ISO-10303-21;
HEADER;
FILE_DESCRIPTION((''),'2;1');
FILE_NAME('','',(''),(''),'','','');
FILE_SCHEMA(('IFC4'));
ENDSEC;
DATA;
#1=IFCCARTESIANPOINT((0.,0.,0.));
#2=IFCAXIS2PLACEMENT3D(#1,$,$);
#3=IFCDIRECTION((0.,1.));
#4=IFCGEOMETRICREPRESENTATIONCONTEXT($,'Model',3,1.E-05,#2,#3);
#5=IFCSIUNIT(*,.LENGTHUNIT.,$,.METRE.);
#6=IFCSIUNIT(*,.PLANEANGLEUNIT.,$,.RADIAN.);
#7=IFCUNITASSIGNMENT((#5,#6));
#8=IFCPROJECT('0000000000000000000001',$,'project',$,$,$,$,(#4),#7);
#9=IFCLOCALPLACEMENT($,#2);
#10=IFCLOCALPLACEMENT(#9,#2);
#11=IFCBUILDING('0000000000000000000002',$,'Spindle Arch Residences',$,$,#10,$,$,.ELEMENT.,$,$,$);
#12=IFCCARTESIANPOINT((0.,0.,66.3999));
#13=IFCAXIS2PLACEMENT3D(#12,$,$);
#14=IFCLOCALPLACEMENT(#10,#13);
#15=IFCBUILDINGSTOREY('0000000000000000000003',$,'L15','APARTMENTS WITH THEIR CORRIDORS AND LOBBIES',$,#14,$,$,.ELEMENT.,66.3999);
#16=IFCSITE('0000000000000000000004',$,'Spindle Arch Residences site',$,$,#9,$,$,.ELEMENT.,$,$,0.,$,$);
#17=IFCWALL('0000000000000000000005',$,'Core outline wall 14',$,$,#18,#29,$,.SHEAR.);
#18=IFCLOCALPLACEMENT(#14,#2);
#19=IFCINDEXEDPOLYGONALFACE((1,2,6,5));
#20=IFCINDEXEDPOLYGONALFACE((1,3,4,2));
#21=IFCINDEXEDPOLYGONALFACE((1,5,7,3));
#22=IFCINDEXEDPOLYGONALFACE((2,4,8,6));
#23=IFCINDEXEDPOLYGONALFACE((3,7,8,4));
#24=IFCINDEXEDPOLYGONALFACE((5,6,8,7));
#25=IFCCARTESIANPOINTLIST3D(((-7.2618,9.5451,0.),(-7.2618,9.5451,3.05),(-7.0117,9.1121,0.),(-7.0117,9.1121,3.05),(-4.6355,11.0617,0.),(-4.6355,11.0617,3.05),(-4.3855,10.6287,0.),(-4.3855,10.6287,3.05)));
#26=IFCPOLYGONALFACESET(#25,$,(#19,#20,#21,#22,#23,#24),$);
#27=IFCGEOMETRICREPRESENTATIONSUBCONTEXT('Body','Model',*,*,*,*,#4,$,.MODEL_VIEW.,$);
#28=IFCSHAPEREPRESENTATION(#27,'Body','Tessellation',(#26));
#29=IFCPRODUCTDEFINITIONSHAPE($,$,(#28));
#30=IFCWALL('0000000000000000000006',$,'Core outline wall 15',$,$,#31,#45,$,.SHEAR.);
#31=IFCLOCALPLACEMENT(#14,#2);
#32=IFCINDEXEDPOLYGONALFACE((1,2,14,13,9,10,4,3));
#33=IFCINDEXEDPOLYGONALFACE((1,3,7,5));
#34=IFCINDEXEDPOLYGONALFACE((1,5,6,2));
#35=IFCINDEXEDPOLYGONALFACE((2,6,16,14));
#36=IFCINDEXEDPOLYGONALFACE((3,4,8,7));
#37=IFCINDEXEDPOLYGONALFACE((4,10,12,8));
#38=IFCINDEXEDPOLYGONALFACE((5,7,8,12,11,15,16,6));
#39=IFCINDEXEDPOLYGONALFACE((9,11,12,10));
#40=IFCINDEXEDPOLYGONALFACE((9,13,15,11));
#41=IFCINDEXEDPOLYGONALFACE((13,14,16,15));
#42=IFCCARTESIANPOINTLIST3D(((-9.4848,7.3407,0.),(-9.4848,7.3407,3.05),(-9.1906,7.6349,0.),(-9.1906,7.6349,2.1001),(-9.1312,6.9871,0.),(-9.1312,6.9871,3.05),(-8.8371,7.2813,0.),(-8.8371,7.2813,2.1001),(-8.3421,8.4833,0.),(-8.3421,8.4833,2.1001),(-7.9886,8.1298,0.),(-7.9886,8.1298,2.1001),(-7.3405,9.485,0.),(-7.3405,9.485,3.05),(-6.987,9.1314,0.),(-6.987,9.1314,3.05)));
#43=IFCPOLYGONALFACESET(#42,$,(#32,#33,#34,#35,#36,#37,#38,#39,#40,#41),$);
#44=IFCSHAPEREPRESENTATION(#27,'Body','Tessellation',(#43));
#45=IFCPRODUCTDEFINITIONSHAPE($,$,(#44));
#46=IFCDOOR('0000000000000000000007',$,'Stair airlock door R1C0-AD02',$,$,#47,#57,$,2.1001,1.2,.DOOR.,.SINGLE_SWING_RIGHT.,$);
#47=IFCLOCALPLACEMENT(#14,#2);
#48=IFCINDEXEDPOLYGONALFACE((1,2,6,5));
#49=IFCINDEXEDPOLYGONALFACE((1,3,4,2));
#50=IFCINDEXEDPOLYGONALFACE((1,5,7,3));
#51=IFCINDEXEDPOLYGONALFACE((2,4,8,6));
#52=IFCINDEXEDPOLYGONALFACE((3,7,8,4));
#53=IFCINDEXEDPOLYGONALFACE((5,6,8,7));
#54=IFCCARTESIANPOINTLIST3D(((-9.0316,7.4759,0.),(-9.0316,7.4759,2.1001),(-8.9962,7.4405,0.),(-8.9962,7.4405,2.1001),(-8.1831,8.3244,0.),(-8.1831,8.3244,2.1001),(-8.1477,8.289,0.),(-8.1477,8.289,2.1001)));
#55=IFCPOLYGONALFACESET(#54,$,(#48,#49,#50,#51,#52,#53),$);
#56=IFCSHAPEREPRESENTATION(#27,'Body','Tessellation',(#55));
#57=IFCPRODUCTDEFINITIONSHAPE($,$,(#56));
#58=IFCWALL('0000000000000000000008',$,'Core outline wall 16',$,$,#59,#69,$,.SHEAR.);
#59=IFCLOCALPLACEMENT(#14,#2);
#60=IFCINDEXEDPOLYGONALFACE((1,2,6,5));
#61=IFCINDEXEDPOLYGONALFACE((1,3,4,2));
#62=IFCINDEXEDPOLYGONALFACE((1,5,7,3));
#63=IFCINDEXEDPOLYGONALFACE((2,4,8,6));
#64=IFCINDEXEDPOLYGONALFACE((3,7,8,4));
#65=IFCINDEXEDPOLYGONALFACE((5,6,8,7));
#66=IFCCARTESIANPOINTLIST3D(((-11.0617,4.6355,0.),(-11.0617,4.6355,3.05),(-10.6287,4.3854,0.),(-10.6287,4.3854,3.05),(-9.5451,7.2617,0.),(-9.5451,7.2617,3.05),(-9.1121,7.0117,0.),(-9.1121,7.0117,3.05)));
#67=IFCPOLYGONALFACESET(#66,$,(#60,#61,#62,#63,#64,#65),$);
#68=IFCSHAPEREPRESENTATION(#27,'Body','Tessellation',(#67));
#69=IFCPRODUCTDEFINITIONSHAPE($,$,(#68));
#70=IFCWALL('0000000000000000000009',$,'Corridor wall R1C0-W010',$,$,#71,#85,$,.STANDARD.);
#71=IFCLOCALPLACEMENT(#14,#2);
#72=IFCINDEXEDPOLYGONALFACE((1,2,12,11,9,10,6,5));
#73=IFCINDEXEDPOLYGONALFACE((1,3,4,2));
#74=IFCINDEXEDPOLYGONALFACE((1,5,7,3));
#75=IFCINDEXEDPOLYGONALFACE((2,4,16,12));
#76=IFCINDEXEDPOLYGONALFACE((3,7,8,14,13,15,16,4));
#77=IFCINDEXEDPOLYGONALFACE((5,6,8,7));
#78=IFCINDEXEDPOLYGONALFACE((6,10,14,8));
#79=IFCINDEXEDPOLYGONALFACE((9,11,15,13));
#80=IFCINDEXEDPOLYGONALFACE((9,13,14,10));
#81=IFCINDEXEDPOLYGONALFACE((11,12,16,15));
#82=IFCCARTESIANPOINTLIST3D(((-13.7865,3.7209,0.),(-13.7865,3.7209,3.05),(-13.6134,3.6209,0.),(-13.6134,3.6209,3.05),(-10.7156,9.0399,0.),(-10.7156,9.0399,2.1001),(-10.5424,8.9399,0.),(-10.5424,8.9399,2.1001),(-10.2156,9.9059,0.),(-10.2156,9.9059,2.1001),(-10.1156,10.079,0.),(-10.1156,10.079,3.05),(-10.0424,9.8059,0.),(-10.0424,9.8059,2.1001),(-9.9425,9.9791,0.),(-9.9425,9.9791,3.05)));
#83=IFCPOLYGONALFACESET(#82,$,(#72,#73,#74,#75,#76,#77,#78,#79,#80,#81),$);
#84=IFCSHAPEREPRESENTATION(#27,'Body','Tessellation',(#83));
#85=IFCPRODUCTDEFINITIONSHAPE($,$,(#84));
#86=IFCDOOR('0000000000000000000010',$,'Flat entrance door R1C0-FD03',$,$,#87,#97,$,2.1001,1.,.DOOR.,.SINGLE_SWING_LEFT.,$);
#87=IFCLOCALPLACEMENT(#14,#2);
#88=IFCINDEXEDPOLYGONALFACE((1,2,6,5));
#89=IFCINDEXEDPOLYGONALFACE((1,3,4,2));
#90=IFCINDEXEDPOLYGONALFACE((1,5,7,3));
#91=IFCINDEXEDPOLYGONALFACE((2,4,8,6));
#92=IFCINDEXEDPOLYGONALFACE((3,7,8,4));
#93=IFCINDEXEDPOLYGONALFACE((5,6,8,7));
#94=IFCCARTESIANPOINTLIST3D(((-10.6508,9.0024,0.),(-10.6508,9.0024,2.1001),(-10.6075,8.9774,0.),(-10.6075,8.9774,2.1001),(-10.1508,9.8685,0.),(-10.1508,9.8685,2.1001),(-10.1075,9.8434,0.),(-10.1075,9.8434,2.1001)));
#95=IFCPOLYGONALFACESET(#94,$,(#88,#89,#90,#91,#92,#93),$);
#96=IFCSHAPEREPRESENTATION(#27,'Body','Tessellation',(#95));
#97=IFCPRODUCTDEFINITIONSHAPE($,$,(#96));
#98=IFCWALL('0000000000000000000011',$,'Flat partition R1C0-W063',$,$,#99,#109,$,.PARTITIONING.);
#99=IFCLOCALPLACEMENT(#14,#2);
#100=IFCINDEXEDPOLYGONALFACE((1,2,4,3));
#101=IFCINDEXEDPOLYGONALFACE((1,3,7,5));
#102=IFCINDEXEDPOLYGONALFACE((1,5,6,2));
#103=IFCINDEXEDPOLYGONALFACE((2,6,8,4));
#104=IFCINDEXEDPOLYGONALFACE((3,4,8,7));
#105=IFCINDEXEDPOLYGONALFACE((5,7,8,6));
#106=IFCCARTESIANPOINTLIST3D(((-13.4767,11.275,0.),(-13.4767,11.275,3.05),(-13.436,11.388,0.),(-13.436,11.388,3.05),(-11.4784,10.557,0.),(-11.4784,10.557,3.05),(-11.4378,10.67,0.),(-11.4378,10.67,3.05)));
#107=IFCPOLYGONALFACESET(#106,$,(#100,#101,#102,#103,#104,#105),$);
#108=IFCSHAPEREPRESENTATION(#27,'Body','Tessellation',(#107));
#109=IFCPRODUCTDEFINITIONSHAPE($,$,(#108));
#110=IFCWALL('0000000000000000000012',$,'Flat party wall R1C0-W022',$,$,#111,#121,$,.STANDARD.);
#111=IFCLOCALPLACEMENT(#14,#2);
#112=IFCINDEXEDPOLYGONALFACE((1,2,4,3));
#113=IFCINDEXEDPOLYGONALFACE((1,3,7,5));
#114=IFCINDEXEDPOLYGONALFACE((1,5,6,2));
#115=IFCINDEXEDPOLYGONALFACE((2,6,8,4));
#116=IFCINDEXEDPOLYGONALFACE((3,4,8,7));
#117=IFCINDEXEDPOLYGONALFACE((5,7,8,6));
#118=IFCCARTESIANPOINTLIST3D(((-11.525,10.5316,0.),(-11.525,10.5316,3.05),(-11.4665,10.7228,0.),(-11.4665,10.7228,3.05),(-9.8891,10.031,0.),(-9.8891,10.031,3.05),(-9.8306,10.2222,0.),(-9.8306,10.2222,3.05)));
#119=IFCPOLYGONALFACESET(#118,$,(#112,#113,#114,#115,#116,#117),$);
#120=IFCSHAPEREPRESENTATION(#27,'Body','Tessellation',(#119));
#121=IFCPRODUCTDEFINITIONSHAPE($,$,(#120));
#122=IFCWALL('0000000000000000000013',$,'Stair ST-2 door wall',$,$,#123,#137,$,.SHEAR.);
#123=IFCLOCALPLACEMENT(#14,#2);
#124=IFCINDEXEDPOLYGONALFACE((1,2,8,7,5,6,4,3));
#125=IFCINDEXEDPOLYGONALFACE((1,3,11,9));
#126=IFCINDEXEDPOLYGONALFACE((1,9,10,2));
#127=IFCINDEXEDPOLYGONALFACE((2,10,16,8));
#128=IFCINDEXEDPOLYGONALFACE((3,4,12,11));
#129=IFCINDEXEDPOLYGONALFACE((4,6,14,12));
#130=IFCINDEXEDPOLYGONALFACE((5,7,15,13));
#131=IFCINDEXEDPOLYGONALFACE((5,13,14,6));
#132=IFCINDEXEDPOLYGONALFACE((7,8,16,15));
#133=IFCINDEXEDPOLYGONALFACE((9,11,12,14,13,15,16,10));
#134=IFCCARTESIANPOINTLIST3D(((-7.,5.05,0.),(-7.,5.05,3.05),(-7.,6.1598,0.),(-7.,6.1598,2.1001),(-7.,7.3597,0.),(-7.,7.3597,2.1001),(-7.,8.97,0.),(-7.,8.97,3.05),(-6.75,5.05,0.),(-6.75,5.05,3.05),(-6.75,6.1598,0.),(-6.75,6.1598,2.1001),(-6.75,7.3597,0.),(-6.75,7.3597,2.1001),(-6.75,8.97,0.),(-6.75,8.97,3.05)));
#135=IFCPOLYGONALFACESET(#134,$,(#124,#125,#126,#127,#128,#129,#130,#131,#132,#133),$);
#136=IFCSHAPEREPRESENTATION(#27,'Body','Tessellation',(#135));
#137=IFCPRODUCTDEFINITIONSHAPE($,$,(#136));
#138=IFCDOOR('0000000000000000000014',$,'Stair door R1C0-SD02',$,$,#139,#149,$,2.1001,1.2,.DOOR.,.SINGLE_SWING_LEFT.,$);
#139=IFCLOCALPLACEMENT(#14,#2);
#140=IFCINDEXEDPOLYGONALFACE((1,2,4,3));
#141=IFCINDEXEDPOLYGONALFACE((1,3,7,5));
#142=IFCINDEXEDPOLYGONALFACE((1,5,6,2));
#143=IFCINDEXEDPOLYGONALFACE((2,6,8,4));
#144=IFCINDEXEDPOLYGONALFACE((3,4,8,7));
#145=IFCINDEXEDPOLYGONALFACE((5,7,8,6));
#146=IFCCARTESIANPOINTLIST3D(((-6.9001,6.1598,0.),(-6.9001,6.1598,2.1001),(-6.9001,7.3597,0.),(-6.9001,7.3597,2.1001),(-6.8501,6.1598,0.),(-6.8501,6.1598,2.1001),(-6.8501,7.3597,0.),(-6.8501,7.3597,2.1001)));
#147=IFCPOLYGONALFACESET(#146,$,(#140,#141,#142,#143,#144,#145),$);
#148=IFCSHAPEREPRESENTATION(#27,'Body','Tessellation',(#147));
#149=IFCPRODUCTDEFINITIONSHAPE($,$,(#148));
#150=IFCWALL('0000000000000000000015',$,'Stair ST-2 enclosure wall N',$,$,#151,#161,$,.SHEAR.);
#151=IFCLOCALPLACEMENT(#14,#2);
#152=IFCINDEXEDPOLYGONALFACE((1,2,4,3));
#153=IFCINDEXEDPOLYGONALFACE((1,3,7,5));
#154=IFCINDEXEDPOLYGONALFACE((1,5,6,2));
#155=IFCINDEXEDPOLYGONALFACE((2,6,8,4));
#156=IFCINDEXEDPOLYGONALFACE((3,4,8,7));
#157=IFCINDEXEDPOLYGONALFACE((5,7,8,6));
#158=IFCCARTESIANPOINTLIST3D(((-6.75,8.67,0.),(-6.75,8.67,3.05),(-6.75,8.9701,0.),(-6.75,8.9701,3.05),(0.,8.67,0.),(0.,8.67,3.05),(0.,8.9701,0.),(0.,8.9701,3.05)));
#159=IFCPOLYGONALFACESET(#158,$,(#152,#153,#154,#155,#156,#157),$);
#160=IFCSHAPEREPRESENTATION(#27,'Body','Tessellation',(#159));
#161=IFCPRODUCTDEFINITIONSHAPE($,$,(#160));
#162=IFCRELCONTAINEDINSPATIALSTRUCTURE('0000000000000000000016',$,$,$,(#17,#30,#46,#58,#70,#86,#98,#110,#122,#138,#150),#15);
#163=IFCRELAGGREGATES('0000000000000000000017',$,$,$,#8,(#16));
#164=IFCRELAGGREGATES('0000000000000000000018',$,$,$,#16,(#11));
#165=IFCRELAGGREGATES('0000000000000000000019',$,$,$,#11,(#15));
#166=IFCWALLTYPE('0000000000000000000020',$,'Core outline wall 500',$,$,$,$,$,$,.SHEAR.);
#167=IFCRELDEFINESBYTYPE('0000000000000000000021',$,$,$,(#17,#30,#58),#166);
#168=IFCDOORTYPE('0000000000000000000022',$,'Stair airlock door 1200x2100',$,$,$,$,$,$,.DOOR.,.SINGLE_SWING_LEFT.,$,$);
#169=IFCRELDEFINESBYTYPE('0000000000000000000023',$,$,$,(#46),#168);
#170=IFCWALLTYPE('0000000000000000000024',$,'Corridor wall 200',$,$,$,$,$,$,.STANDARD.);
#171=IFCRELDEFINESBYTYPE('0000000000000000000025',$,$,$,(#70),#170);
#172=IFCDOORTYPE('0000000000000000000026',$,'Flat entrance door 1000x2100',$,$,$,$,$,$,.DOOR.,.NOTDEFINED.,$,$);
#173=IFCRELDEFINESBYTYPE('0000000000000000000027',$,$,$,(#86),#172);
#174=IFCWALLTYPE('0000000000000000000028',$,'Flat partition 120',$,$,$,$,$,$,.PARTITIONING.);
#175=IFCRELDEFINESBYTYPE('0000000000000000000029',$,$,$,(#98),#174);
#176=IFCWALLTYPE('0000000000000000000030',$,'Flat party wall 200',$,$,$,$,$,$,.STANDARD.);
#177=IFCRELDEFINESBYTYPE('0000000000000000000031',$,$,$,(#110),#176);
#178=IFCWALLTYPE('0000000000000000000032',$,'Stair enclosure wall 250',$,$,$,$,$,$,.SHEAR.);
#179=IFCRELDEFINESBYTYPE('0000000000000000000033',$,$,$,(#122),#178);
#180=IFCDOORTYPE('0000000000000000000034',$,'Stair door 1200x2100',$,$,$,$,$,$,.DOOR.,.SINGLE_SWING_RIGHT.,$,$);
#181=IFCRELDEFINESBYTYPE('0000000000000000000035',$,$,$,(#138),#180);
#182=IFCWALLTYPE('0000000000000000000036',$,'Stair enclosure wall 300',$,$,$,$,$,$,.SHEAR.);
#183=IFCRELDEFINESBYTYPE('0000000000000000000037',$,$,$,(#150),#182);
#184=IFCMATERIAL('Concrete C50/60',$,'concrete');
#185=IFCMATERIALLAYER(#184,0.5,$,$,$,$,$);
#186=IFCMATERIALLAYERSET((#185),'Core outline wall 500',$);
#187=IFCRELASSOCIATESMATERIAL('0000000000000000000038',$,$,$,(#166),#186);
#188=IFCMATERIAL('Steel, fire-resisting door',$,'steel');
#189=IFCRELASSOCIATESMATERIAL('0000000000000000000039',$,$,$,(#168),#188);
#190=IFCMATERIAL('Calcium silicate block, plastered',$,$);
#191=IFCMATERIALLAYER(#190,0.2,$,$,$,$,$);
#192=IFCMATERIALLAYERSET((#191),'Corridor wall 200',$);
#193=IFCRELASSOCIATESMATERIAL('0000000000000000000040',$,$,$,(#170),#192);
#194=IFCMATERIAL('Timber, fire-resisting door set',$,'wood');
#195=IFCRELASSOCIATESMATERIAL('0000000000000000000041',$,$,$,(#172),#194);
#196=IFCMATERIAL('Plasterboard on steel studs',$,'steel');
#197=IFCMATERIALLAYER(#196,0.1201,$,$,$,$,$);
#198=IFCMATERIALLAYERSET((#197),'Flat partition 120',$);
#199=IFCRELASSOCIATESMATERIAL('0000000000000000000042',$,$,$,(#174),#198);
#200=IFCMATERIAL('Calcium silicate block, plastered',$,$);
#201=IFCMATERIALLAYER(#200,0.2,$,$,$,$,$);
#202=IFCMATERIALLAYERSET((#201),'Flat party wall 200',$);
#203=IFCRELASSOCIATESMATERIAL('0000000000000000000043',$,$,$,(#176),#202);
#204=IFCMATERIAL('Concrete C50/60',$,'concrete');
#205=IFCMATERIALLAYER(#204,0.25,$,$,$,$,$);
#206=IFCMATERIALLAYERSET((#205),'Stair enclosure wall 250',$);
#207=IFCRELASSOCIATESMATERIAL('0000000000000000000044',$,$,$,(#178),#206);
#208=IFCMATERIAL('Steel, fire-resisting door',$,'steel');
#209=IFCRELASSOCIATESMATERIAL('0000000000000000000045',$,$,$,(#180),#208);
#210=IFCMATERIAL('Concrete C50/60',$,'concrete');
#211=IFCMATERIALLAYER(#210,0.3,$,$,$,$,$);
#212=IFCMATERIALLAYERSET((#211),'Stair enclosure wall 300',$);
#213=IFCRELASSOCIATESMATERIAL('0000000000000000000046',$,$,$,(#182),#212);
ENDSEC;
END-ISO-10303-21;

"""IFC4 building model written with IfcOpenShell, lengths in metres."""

from ifc_helpers import new_model, si_unit, direction, frame, frame_2d, origin, place, context, subcontext, project, spatial, rectangle, extrude, material, layer, layer_set, type_object, element, fill, save


model = new_model("IFC4")

# Units and contexts
model_context = context("Model", 3, precision=1e-05, world=origin(), true_north=direction((0.0, 1.0)))
body_context = subcontext(model_context, "Body", "Model", "MODEL_VIEW")
ifc_project = project(units=[si_unit("LENGTHUNIT", "METRE"), si_unit("PLANEANGLEUNIT", "RADIAN")], contexts=[model_context])

# Site, building, storey
site_placement = place(None, origin())
site = spatial("IfcSite", under=ifc_project, at=site_placement, Name="Spindle Arch Residences site", CompositionType="ELEMENT", RefElevation=0.0)
building_placement = place(site_placement, origin())
building = spatial("IfcBuilding", under=site, at=building_placement, Name="Spindle Arch Residences", CompositionType="ELEMENT")
storey_placement = place(building_placement, frame((0.0, 0.0, 66.3999)))
storey = spatial("IfcBuildingStorey", under=building, at=storey_placement, Name="L15", Description="APARTMENTS WITH THEIR CORRIDORS AND LOBBIES", CompositionType="ELEMENT", Elevation=66.3999)

# Wall
ifc_material_1 = material(Name="Concrete C50/60", Category="concrete")
ifc_layer_1 = layer(ifc_material_1, 0.5)
ifc_layer_set_1 = layer_set([ifc_layer_1], Name="Core outline wall 500")
wall_type_1 = type_object("IfcWallType", Name="Core outline wall 500", PredefinedType="SHEAR", material=ifc_layer_set_1)
wall_1_placement = place(storey_placement, frame((-4.5105, 10.8452, 0.0), z_axis=(0.0, 0.0, 1.0), x_axis=(-0.865975, -0.500087, 0.0)))
element("IfcWall", 1, at=wall_1_placement, inside=storey, type_object=wall_type_1, Name="Core outline wall 14", PredefinedType="SHEAR", context=body_context, shape_type="SweptSolid", body=[
    extrude(rectangle(XDim=3.0327, YDim=0.5, at=frame_2d((1.5164, 0.0))), origin(), (0.0, 0.0, 1.0), 3.05),
])

# Wall, opening, door
wall_2_placement = place(storey_placement, frame((-7.1638, 9.3081, 0.0), z_axis=(0.0, 0.0, 1.0), x_axis=(-0.707107, -0.707107, 0.0)))
wall_2 = element("IfcWall", 2, at=wall_2_placement, inside=storey, type_object=wall_type_1, Name="Core outline wall 15", PredefinedType="SHEAR", context=body_context, shape_type="SweptSolid", body=[
    extrude(rectangle(XDim=3.0325, YDim=0.5, at=frame_2d((1.5161, 0.0))), origin(), (0.0, 0.0, 1.0), 3.05),
])
opening_1_placement = place(wall_2_placement, frame((1.4163, 0.0, 0.0)))
opening_1 = element("IfcOpeningElement", 3, at=opening_1_placement, cuts=wall_2, PredefinedType="OPENING", context=body_context, shape_type="SweptSolid", body=[
    extrude(rectangle(XDim=1.2, YDim=2.1001, at=frame_2d((0.6001, 1.05))), frame((0.0, 0.26, 0.0), z_axis=(0.0, -1.0, 0.0), x_axis=(1.0, 0.0, 0.0)), (0.0, 0.0, 1.0), 0.52),
])
ifc_material_2 = material(Name="Steel, fire-resisting door", Category="steel")
door_type_1 = type_object("IfcDoorType", Name="Stair airlock door 1200x2100", OperationType="SINGLE_SWING_LEFT", PredefinedType="DOOR", material=ifc_material_2)
door_1_placement = place(opening_1_placement, origin())
door_1 = element("IfcDoor", 4, at=door_1_placement, inside=storey, type_object=door_type_1, Name="Stair airlock door R1C0-AD02", OperationType="SINGLE_SWING_RIGHT", OverallHeight=2.1001, OverallWidth=1.2, PredefinedType="DOOR", context=body_context, shape_type="SweptSolid", body=[
    extrude(rectangle(XDim=1.2, YDim=2.1001, at=frame_2d((0.6001, 1.05))), frame((0.0, 0.0249, 0.0), z_axis=(0.0, -1.0, 0.0), x_axis=(1.0, 0.0, 0.0)), (0.0, 0.0, 1.0), 0.05),
])
fill(opening_1, door_1)

# Wall
wall_3_placement = place(storey_placement, frame((-9.3286, 7.1367, 0.0), z_axis=(0.0, 0.0, 1.0), x_axis=(-0.500087, -0.865975, 0.0)))
element("IfcWall", 5, at=wall_3_placement, inside=storey, type_object=wall_type_1, Name="Core outline wall 16", PredefinedType="SHEAR", context=body_context, shape_type="SweptSolid", body=[
    extrude(rectangle(XDim=3.0327, YDim=0.5, at=frame_2d((1.5164, 0.0))), origin(), (0.0, 0.0, 1.0), 3.05),
])

# Wall, opening, door
ifc_material_3 = material(Name="Calcium silicate block, plastered")
ifc_layer_2 = layer(ifc_material_3, 0.2)
ifc_layer_set_2 = layer_set([ifc_layer_2], Name="Corridor wall 200")
wall_type_2 = type_object("IfcWallType", Name="Corridor wall 200", PredefinedType="STANDARD", material=ifc_layer_set_2)
wall_4_placement = place(storey_placement, frame((-10.0291, 10.0291, 0.0), z_axis=(0.0, 0.0, 1.0), x_axis=(-0.500002, -0.866024, 0.0)))
wall_4 = element("IfcWall", 6, at=wall_4_placement, inside=storey, type_object=wall_type_2, Name="Corridor wall R1C0-W010", PredefinedType="STANDARD", context=body_context, shape_type="SweptSolid", body=[
    extrude(rectangle(XDim=7.3418, YDim=0.2, at=frame_2d((3.6709, 0.0))), origin(), (0.0, 0.0, 1.0), 3.05),
])
opening_2_placement = place(wall_4_placement, frame((0.2, 0.0, 0.0)))
opening_2 = element("IfcOpeningElement", 7, at=opening_2_placement, cuts=wall_4, PredefinedType="OPENING", context=body_context, shape_type="SweptSolid", body=[
    extrude(rectangle(XDim=1.0, YDim=2.1001, at=frame_2d((0.5, 1.05))), frame((0.0, 0.1099, 0.0), z_axis=(0.0, -1.0, 0.0), x_axis=(1.0, 0.0, 0.0)), (0.0, 0.0, 1.0), 0.22),
])
ifc_material_4 = material(Name="Timber, fire-resisting door set", Category="wood")
door_type_2 = type_object("IfcDoorType", Name="Flat entrance door 1000x2100", OperationType="NOTDEFINED", PredefinedType="DOOR", material=ifc_material_4)
door_2_placement = place(opening_2_placement, origin())
door_2 = element("IfcDoor", 8, at=door_2_placement, inside=storey, type_object=door_type_2, Name="Flat entrance door R1C0-FD03", OperationType="SINGLE_SWING_LEFT", OverallHeight=2.1001, OverallWidth=1.0, PredefinedType="DOOR", context=body_context, shape_type="SweptSolid", body=[
    extrude(rectangle(XDim=1.0, YDim=2.1001, at=frame_2d((0.5, 1.05))), frame((0.0, 0.0249, 0.0), z_axis=(0.0, -1.0, 0.0), x_axis=(1.0, 0.0, 0.0)), (0.0, 0.0, 1.0), 0.05),
])
fill(opening_2, door_2)

# Walls
ifc_material_5 = material(Name="Plasterboard on steel studs", Category="steel")
ifc_layer_3 = layer(ifc_material_5, 0.1201)
ifc_layer_set_3 = layer_set([ifc_layer_3], Name="Flat partition 120")
wall_type_3 = type_object("IfcWallType", Name="Flat partition 120", PredefinedType="PARTITIONING", material=ifc_layer_set_3)
wall_5_placement = place(storey_placement, frame((-11.4583, 10.6135, 0.0), z_axis=(0.0, 0.0, 1.0), x_axis=(-0.941092, 0.338149, 0.0)))
element("IfcWall", 9, at=wall_5_placement, inside=storey, type_object=wall_type_3, Name="Flat partition R1C0-W063", PredefinedType="PARTITIONING", context=body_context, shape_type="SweptSolid", body=[
    extrude(rectangle(XDim=2.1233, YDim=0.1201, at=frame_2d((1.0615, 0.0))), origin(), (0.0, 0.0, 1.0), 3.05),
])
ifc_material_6 = material(Name="Calcium silicate block, plastered")
ifc_layer_4 = layer(ifc_material_6, 0.2)
ifc_layer_set_4 = layer_set([ifc_layer_4], Name="Flat party wall 200")
wall_type_4 = type_object("IfcWallType", Name="Flat party wall 200", PredefinedType="STANDARD", material=ifc_layer_set_4)
wall_6_placement = place(storey_placement, frame((-11.4958, 10.6272, 0.0), z_axis=(0.0, 0.0, 1.0), x_axis=(0.956241, -0.292581, 0.0)))
element("IfcWall", 10, at=wall_6_placement, inside=storey, type_object=wall_type_4, Name="Flat party wall R1C0-W022", PredefinedType="STANDARD", context=body_context, shape_type="SweptSolid", body=[
    extrude(rectangle(XDim=1.7107, YDim=0.2, at=frame_2d((0.8555, 0.0))), origin(), (0.0, 0.0, 1.0), 3.05),
])

# Wall, opening, door
ifc_material_7 = material(Name="Concrete C50/60", Category="concrete")
ifc_layer_5 = layer(ifc_material_7, 0.25)
ifc_layer_set_5 = layer_set([ifc_layer_5], Name="Stair enclosure wall 250")
wall_type_5 = type_object("IfcWallType", Name="Stair enclosure wall 250", PredefinedType="SHEAR", material=ifc_layer_set_5)
wall_7_placement = place(storey_placement, frame((-6.875, 8.97, 0.0), z_axis=(0.0, 0.0, 1.0), x_axis=(0.0, -1.0, 0.0)))
wall_7 = element("IfcWall", 11, at=wall_7_placement, inside=storey, type_object=wall_type_5, Name="Stair ST-2 door wall", PredefinedType="SHEAR", context=body_context, shape_type="SweptSolid", body=[
    extrude(rectangle(XDim=3.9199, YDim=0.25, at=frame_2d((1.96, 0.0))), origin(), (0.0, 0.0, 1.0), 3.05),
])
opening_3_placement = place(wall_7_placement, frame((1.6101, 0.0, 0.0)))
opening_3 = element("IfcOpeningElement", 12, at=opening_3_placement, cuts=wall_7, PredefinedType="OPENING", context=body_context, shape_type="SweptSolid", body=[
    extrude(rectangle(XDim=1.2, YDim=2.1001, at=frame_2d((0.6001, 1.05))), frame((0.0, 0.135, 0.0), z_axis=(0.0, -1.0, 0.0), x_axis=(1.0, 0.0, 0.0)), (0.0, 0.0, 1.0), 0.27),
])
ifc_material_8 = material(Name="Steel, fire-resisting door", Category="steel")
door_type_3 = type_object("IfcDoorType", Name="Stair door 1200x2100", OperationType="SINGLE_SWING_RIGHT", PredefinedType="DOOR", material=ifc_material_8)
door_3_placement = place(opening_3_placement, origin())
door_3 = element("IfcDoor", 13, at=door_3_placement, inside=storey, type_object=door_type_3, Name="Stair door R1C0-SD02", OperationType="SINGLE_SWING_LEFT", OverallHeight=2.1001, OverallWidth=1.2, PredefinedType="DOOR", context=body_context, shape_type="SweptSolid", body=[
    extrude(rectangle(XDim=1.2, YDim=2.1001, at=frame_2d((0.6001, 1.05))), frame((0.0, 0.0249, 0.0), z_axis=(0.0, -1.0, 0.0), x_axis=(1.0, 0.0, 0.0)), (0.0, 0.0, 1.0), 0.05),
])
fill(opening_3, door_3)

# Wall
ifc_material_9 = material(Name="Concrete C50/60", Category="concrete")
ifc_layer_6 = layer(ifc_material_9, 0.3)
ifc_layer_set_6 = layer_set([ifc_layer_6], Name="Stair enclosure wall 300")
wall_type_6 = type_object("IfcWallType", Name="Stair enclosure wall 300", PredefinedType="SHEAR", material=ifc_layer_set_6)
wall_8_placement = place(storey_placement, frame((-6.75, 8.8201, 0.0), z_axis=(0.0, 0.0, 1.0), x_axis=(1.0, 0.0, 0.0)))
element("IfcWall", 14, at=wall_8_placement, inside=storey, type_object=wall_type_6, Name="Stair ST-2 enclosure wall N", PredefinedType="SHEAR", context=body_context, shape_type="SweptSolid", body=[
    extrude(rectangle(XDim=6.75, YDim=0.3, at=frame_2d((3.375, 0.0))), origin(), (0.0, 0.0, 1.0), 3.05),
])

save(model, "model.ifc")
